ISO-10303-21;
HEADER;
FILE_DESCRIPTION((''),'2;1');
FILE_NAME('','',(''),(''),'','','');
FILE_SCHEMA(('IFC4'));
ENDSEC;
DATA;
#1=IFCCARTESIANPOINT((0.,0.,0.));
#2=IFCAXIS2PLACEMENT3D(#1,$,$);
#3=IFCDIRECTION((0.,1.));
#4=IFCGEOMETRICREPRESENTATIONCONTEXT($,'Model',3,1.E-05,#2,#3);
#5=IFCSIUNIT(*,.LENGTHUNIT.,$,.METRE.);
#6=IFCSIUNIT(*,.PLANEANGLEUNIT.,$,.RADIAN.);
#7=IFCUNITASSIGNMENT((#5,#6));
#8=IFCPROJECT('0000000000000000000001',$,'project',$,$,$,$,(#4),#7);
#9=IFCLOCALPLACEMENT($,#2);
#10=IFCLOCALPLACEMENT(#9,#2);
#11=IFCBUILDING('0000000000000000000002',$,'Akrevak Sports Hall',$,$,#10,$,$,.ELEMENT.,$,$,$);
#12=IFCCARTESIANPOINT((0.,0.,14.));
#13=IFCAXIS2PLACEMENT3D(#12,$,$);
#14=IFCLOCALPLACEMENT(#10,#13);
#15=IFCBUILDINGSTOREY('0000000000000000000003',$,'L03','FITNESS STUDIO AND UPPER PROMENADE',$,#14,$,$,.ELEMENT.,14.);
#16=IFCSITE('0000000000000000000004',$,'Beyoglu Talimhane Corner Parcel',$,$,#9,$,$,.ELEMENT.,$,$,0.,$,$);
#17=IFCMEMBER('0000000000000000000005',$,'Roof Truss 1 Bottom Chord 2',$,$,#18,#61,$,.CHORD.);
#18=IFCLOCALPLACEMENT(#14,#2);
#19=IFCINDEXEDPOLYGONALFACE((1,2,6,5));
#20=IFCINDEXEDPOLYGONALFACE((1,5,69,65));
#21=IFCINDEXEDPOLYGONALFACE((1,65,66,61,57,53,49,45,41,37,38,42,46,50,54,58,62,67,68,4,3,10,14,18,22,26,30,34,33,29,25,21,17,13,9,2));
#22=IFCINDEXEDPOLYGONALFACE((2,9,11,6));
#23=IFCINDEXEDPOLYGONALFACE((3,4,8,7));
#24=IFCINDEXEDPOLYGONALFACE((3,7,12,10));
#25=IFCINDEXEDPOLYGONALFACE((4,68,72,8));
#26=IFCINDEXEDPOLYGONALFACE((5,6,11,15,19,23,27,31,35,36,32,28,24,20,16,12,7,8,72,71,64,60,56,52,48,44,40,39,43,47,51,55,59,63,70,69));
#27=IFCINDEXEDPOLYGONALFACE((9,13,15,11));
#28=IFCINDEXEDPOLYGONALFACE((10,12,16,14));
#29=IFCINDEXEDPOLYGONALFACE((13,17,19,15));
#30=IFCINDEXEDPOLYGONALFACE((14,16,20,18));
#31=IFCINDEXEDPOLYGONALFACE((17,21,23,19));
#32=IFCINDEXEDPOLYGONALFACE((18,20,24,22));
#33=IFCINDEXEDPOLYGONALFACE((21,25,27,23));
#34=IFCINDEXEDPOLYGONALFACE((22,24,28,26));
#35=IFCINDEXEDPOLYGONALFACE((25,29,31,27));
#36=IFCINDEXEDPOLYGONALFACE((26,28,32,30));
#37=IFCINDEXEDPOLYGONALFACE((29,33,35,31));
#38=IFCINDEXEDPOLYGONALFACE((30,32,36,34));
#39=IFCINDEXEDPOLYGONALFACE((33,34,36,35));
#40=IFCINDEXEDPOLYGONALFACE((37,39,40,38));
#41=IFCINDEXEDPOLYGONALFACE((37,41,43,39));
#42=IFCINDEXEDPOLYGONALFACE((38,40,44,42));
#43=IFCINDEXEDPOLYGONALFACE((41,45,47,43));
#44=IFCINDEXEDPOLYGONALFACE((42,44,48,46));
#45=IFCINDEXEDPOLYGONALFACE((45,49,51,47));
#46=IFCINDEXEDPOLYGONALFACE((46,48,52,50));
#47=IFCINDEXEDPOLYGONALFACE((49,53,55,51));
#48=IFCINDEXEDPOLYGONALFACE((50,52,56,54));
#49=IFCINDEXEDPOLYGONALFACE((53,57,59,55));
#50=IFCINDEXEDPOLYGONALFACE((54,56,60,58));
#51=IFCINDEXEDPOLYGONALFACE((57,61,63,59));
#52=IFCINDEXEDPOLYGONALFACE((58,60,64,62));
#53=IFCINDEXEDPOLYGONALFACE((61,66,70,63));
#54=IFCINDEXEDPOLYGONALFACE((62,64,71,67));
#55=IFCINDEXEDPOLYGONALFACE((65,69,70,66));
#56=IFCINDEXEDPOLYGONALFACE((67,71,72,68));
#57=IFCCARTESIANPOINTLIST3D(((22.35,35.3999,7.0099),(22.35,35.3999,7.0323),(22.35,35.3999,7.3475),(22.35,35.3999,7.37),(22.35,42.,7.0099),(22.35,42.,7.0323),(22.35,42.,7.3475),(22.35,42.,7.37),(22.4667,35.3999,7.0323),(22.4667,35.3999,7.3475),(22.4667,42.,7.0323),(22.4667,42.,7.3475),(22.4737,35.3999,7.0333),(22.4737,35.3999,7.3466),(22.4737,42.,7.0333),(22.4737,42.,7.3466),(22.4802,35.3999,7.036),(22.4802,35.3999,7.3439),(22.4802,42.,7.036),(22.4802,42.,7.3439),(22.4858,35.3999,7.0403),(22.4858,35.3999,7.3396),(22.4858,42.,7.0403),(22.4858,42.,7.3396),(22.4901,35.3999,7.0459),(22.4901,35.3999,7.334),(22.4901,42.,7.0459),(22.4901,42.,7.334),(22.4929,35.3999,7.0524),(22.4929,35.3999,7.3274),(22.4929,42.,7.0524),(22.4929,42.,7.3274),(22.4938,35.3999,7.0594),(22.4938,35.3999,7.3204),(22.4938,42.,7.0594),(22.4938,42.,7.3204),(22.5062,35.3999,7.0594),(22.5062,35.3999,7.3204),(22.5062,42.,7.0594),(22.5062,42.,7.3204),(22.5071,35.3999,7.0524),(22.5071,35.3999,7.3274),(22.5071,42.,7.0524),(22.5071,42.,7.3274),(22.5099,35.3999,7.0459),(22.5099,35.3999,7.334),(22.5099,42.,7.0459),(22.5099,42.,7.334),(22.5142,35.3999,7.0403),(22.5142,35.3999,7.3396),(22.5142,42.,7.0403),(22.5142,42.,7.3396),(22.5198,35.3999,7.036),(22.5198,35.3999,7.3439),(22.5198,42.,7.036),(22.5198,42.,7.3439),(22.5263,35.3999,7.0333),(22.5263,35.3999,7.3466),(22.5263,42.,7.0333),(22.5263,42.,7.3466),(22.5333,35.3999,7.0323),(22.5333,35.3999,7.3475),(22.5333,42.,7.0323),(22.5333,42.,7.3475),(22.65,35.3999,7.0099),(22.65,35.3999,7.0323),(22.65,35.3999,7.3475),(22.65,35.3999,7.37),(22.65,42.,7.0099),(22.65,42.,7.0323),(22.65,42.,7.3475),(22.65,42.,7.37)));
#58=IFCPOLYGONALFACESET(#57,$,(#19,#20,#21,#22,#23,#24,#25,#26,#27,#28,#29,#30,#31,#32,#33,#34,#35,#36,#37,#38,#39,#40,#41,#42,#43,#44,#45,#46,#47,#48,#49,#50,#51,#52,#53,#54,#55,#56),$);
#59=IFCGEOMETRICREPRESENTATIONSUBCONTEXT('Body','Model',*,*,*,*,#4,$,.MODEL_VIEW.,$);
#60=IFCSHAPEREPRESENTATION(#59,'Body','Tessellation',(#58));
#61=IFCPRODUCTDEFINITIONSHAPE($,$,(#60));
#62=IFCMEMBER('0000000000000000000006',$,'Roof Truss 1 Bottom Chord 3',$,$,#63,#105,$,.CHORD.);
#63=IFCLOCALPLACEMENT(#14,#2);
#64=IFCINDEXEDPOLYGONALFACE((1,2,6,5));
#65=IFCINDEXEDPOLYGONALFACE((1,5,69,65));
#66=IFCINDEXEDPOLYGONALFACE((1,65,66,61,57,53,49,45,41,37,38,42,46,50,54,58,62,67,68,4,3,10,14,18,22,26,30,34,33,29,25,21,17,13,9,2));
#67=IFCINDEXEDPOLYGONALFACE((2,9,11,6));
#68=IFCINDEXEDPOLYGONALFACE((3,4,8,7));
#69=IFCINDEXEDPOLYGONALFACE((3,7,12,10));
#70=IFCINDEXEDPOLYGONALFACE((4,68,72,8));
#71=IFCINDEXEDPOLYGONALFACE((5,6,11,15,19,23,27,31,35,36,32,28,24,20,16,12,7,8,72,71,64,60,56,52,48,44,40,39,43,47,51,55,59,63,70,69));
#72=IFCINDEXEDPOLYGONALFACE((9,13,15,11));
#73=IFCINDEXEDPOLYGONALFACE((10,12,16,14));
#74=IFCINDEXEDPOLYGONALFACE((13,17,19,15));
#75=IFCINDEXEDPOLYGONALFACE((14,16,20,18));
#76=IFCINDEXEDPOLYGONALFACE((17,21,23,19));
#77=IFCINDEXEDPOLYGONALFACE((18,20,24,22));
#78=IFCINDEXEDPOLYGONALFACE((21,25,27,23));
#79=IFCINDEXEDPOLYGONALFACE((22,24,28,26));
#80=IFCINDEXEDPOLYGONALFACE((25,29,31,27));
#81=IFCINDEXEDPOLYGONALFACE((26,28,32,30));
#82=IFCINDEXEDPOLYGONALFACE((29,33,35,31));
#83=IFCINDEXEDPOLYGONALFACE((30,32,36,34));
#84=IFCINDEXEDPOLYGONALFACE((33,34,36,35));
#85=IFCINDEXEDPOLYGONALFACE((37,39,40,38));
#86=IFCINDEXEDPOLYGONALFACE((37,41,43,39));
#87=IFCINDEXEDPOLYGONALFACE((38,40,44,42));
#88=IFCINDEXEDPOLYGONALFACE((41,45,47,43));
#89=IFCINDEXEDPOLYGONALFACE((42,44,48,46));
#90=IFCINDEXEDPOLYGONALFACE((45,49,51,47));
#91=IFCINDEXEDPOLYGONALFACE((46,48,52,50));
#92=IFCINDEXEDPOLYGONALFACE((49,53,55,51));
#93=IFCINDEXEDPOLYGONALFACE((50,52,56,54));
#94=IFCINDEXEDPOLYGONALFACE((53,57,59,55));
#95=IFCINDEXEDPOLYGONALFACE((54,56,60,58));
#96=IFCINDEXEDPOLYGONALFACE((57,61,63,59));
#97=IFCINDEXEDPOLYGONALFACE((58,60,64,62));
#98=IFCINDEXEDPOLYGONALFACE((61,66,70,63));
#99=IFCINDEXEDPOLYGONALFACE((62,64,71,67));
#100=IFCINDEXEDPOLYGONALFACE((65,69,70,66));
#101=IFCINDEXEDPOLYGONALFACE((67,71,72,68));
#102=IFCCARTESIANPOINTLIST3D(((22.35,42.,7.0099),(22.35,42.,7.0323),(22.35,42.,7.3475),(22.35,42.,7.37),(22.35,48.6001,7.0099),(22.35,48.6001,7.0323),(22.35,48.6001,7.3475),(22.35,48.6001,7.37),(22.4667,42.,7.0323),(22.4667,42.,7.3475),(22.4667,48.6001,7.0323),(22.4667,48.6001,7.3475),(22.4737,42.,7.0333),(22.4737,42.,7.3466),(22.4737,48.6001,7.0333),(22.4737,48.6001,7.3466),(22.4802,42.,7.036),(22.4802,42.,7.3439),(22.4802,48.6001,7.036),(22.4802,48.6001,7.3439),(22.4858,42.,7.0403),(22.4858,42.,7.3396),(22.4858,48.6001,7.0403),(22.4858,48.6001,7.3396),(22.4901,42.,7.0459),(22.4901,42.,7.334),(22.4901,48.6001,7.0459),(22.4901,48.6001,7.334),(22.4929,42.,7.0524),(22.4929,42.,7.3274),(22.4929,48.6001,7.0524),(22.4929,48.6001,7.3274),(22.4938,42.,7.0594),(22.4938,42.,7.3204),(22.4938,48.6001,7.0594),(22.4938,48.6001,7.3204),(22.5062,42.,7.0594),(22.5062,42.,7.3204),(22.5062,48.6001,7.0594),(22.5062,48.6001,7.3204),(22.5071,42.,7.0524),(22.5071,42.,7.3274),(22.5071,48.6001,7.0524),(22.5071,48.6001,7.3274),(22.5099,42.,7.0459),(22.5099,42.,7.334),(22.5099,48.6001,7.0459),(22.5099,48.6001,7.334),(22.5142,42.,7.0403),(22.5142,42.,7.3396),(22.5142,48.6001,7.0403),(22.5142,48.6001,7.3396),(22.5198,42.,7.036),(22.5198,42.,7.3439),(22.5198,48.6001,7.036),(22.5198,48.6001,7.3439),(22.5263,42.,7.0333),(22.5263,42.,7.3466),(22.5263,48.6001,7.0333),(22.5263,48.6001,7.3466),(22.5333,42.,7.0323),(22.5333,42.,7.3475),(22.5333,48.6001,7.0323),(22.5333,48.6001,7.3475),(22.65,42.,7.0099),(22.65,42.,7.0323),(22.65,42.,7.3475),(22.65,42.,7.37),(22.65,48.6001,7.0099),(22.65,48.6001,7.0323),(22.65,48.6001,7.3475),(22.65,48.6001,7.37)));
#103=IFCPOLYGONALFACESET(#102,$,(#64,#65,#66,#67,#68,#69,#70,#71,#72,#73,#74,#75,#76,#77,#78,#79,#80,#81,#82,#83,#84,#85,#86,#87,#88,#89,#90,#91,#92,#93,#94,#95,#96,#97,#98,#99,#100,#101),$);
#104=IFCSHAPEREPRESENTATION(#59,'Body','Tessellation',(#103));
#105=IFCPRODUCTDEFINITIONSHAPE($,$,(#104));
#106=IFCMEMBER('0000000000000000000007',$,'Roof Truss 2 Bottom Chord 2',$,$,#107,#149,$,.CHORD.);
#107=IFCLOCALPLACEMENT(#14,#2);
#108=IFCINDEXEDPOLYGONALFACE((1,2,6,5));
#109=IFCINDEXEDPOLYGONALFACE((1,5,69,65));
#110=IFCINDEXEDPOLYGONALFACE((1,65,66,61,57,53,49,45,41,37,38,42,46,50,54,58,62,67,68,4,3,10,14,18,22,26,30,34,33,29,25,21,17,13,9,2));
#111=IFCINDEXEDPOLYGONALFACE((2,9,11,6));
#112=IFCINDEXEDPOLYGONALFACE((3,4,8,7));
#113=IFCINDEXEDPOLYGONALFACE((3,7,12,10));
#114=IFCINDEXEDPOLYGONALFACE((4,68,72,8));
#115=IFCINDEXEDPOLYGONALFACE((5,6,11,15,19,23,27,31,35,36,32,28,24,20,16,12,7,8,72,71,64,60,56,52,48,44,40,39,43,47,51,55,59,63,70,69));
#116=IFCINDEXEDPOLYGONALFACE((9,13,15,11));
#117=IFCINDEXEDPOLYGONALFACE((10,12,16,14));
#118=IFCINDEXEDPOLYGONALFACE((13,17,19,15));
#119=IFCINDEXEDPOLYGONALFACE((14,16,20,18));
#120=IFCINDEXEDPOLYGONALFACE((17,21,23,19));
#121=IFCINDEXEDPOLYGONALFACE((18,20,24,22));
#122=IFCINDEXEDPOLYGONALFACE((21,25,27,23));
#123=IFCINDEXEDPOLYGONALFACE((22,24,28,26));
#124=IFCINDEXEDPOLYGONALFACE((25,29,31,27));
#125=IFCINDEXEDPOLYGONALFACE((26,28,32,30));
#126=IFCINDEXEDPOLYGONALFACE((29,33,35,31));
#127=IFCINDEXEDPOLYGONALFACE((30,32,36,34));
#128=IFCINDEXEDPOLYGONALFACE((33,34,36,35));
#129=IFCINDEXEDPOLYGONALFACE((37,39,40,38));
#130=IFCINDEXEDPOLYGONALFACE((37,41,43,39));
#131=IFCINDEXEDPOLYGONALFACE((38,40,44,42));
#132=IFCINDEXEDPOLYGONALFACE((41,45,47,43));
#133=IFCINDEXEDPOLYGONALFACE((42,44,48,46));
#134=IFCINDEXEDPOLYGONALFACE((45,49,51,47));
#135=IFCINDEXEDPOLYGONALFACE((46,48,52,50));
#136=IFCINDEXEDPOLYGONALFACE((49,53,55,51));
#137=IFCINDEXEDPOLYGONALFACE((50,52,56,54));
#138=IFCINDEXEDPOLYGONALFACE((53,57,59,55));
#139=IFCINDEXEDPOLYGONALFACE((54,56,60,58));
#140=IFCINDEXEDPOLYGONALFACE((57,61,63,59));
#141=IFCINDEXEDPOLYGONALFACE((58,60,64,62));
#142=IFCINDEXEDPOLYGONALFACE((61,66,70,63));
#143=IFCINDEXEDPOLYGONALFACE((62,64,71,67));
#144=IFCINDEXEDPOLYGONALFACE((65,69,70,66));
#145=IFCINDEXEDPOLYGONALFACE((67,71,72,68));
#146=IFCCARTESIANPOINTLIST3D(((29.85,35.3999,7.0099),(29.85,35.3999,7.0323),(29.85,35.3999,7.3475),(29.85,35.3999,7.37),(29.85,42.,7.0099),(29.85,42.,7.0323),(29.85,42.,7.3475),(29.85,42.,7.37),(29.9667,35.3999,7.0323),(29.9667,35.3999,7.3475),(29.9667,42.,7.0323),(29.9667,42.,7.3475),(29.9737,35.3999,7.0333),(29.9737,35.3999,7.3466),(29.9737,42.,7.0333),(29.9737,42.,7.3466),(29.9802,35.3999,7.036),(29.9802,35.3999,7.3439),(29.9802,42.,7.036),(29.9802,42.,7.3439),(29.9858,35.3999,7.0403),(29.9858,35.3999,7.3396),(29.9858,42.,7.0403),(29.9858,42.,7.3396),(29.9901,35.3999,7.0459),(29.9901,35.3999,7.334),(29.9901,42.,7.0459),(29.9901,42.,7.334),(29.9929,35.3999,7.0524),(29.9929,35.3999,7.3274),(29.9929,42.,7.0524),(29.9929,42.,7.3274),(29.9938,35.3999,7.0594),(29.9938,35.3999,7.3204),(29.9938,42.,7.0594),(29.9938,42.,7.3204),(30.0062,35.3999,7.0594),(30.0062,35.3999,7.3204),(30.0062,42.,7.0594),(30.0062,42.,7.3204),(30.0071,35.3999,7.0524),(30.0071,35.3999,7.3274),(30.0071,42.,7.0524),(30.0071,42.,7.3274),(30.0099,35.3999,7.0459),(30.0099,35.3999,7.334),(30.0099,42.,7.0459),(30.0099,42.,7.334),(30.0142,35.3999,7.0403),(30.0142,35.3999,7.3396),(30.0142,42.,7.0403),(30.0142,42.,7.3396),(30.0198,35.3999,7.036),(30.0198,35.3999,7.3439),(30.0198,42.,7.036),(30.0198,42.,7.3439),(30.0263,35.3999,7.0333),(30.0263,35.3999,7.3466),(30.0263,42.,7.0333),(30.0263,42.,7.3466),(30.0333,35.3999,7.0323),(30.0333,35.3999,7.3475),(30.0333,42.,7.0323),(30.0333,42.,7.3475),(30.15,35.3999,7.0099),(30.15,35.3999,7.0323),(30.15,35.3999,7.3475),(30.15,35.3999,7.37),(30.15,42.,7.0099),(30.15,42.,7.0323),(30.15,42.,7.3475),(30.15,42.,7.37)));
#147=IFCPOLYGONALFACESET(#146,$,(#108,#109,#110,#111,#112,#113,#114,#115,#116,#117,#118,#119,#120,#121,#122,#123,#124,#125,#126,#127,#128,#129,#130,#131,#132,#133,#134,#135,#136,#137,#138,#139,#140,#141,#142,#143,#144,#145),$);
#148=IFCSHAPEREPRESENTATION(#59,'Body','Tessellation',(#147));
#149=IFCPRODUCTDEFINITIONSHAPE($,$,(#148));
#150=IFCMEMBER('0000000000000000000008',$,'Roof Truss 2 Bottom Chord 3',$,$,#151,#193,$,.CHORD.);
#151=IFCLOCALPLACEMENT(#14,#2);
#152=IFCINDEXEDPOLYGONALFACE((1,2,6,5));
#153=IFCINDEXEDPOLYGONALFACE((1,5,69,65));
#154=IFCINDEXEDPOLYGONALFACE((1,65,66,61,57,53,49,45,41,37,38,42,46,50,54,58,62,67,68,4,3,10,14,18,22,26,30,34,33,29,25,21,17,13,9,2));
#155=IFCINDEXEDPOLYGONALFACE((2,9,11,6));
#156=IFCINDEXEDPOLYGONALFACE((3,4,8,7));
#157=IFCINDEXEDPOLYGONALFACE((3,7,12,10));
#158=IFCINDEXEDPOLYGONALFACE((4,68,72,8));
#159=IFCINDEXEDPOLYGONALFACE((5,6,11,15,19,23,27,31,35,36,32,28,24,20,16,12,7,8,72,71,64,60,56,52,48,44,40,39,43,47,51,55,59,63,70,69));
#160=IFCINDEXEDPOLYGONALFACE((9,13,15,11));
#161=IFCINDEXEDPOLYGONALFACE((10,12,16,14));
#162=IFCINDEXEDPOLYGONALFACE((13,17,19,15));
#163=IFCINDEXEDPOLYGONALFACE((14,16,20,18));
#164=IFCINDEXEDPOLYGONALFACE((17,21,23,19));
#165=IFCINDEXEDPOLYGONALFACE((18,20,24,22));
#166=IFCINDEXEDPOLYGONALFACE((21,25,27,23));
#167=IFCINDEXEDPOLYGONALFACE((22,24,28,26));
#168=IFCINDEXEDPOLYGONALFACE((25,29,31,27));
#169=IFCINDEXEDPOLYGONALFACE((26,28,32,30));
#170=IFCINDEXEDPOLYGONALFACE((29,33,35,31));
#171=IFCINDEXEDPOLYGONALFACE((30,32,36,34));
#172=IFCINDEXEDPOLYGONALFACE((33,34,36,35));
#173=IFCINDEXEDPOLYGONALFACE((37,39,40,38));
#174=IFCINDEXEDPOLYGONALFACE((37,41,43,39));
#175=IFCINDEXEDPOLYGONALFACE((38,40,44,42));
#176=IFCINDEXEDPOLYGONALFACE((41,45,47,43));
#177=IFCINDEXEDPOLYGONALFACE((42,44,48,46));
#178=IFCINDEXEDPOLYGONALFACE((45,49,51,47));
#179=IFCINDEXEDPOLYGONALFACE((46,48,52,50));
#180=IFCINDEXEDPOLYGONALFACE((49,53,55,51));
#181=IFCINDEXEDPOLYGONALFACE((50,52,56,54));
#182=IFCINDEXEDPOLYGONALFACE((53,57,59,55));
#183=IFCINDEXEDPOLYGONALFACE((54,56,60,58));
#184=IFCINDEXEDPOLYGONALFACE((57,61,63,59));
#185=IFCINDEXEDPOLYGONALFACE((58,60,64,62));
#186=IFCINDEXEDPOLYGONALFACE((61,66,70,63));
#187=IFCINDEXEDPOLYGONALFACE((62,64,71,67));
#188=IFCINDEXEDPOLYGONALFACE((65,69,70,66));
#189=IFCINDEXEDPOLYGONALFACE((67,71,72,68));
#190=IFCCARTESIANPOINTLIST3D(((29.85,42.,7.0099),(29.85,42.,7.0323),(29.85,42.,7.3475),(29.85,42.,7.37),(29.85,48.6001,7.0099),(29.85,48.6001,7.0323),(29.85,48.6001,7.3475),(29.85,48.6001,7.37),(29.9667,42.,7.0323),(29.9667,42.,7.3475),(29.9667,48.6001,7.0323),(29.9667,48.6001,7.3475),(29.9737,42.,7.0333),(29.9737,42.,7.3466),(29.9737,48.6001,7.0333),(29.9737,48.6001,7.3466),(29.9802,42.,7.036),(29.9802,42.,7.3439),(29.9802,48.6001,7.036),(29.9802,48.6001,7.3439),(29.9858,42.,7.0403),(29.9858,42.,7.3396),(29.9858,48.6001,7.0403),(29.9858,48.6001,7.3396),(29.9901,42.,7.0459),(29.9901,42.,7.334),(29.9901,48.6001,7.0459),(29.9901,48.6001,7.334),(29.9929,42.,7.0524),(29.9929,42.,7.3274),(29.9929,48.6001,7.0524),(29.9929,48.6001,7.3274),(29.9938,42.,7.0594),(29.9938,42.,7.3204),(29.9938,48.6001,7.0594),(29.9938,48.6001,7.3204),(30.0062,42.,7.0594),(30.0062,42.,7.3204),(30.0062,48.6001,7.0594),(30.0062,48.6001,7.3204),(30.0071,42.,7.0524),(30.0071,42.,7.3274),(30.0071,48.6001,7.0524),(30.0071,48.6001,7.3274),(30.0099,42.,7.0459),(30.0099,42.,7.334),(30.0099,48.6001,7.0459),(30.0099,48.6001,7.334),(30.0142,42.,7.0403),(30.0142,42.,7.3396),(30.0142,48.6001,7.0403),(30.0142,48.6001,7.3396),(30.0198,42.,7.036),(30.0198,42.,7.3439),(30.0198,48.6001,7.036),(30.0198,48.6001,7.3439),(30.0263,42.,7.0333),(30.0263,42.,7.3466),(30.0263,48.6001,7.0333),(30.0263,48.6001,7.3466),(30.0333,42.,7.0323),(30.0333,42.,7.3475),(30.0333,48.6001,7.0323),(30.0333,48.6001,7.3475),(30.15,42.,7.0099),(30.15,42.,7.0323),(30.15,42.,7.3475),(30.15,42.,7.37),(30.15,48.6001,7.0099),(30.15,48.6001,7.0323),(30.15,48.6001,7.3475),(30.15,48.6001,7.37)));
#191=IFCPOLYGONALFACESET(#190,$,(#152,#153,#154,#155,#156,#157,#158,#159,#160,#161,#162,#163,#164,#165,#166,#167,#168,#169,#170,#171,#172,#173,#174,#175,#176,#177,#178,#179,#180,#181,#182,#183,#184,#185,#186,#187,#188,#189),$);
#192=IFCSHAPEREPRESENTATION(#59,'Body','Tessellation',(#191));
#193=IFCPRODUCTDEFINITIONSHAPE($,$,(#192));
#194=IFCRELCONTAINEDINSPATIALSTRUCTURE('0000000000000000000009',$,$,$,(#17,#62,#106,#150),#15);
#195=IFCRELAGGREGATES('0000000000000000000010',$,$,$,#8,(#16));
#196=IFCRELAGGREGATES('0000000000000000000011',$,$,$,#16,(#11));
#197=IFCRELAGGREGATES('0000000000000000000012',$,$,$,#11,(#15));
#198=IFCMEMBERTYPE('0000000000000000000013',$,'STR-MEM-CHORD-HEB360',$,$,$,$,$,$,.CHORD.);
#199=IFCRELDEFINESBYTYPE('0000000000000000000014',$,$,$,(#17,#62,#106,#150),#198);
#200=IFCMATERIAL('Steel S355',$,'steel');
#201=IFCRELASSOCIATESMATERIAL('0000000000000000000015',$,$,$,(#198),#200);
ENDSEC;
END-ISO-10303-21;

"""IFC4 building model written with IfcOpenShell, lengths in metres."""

from ifc_helpers import new_model, si_unit, direction, frame, origin, origin_2d, place, context, subcontext, project, spatial, i_section, extrude, material, material_profile, profile_set, type_object, element, save


model = new_model("IFC4")

# Units and contexts
model_context = context("Model", 3, precision=1e-05, world=origin(), true_north=direction((0.0, 1.0)))
body_context = subcontext(model_context, "Body", "Model", "MODEL_VIEW")
ifc_project = project(units=[si_unit("LENGTHUNIT", "METRE"), si_unit("PLANEANGLEUNIT", "RADIAN")], contexts=[model_context])

# Site, building, storey
site_placement = place(None, origin())
site = spatial("IfcSite", under=ifc_project, at=site_placement, Name="Beyoglu Talimhane Corner Parcel", CompositionType="ELEMENT", RefElevation=0.0)
building_placement = place(site_placement, origin())
building = spatial("IfcBuilding", under=site, at=building_placement, Name="Akrevak Sports Hall", CompositionType="ELEMENT")
storey_placement = place(building_placement, frame((0.0, 0.0, 14.0)))
storey = spatial("IfcBuildingStorey", under=building, at=storey_placement, Name="L03", Description="FITNESS STUDIO AND UPPER PROMENADE", CompositionType="ELEMENT", Elevation=14.0)

# Members
ifc_material_1 = material(Name="Steel S355", Category="steel")
ifc_material_profile_1 = material_profile(ifc_material_1, i_section(OverallWidth=0.3, OverallDepth=0.3601, WebThickness=0.0125, FlangeThickness=0.0225, FilletRadius=0.0271, at=origin_2d()), Name="HEB 360", Category="steel")
ifc_profile_set_1 = profile_set([ifc_material_profile_1], Name="Steel S355")
member_type_1 = type_object("IfcMemberType", Name="STR-MEM-CHORD-HEB360", PredefinedType="CHORD", material=ifc_profile_set_1)
for number, where, z_axis, x_axis, name in (
    (1, (22.5, 35.3999, 7.1899), (0.0, 1.0, 0.0), (-1.0, 0.0, 0.0), "Roof Truss 1 Bottom Chord 2"),
    (2, (22.5, 42.0, 7.1899), (0.0, 1.0, 0.0), (-1.0, 0.0, 0.0), "Roof Truss 1 Bottom Chord 3"),
    (3, (30.0, 35.3999, 7.1899), (0.0, 1.0, 0.0), (-1.0, 0.0, 0.0), "Roof Truss 2 Bottom Chord 2"),
    (4, (30.0, 42.0, 7.1899), (0.0, 1.0, 0.0), (-1.0, 0.0, 0.0), "Roof Truss 2 Bottom Chord 3"),
):
    element("IfcMember", number, at=place(storey_placement, frame(where, z_axis=z_axis, x_axis=x_axis)), inside=storey, type_object=member_type_1, Name=name, PredefinedType="CHORD", context=body_context, shape_type="SweptSolid", body=[
        extrude(i_section(OverallWidth=0.3, OverallDepth=0.3601, WebThickness=0.0125, FlangeThickness=0.0225, FilletRadius=0.0271, at=origin_2d()), origin(), (0.0, 0.0, 1.0), 6.6001),
    ])

save(model, "model.ifc")
